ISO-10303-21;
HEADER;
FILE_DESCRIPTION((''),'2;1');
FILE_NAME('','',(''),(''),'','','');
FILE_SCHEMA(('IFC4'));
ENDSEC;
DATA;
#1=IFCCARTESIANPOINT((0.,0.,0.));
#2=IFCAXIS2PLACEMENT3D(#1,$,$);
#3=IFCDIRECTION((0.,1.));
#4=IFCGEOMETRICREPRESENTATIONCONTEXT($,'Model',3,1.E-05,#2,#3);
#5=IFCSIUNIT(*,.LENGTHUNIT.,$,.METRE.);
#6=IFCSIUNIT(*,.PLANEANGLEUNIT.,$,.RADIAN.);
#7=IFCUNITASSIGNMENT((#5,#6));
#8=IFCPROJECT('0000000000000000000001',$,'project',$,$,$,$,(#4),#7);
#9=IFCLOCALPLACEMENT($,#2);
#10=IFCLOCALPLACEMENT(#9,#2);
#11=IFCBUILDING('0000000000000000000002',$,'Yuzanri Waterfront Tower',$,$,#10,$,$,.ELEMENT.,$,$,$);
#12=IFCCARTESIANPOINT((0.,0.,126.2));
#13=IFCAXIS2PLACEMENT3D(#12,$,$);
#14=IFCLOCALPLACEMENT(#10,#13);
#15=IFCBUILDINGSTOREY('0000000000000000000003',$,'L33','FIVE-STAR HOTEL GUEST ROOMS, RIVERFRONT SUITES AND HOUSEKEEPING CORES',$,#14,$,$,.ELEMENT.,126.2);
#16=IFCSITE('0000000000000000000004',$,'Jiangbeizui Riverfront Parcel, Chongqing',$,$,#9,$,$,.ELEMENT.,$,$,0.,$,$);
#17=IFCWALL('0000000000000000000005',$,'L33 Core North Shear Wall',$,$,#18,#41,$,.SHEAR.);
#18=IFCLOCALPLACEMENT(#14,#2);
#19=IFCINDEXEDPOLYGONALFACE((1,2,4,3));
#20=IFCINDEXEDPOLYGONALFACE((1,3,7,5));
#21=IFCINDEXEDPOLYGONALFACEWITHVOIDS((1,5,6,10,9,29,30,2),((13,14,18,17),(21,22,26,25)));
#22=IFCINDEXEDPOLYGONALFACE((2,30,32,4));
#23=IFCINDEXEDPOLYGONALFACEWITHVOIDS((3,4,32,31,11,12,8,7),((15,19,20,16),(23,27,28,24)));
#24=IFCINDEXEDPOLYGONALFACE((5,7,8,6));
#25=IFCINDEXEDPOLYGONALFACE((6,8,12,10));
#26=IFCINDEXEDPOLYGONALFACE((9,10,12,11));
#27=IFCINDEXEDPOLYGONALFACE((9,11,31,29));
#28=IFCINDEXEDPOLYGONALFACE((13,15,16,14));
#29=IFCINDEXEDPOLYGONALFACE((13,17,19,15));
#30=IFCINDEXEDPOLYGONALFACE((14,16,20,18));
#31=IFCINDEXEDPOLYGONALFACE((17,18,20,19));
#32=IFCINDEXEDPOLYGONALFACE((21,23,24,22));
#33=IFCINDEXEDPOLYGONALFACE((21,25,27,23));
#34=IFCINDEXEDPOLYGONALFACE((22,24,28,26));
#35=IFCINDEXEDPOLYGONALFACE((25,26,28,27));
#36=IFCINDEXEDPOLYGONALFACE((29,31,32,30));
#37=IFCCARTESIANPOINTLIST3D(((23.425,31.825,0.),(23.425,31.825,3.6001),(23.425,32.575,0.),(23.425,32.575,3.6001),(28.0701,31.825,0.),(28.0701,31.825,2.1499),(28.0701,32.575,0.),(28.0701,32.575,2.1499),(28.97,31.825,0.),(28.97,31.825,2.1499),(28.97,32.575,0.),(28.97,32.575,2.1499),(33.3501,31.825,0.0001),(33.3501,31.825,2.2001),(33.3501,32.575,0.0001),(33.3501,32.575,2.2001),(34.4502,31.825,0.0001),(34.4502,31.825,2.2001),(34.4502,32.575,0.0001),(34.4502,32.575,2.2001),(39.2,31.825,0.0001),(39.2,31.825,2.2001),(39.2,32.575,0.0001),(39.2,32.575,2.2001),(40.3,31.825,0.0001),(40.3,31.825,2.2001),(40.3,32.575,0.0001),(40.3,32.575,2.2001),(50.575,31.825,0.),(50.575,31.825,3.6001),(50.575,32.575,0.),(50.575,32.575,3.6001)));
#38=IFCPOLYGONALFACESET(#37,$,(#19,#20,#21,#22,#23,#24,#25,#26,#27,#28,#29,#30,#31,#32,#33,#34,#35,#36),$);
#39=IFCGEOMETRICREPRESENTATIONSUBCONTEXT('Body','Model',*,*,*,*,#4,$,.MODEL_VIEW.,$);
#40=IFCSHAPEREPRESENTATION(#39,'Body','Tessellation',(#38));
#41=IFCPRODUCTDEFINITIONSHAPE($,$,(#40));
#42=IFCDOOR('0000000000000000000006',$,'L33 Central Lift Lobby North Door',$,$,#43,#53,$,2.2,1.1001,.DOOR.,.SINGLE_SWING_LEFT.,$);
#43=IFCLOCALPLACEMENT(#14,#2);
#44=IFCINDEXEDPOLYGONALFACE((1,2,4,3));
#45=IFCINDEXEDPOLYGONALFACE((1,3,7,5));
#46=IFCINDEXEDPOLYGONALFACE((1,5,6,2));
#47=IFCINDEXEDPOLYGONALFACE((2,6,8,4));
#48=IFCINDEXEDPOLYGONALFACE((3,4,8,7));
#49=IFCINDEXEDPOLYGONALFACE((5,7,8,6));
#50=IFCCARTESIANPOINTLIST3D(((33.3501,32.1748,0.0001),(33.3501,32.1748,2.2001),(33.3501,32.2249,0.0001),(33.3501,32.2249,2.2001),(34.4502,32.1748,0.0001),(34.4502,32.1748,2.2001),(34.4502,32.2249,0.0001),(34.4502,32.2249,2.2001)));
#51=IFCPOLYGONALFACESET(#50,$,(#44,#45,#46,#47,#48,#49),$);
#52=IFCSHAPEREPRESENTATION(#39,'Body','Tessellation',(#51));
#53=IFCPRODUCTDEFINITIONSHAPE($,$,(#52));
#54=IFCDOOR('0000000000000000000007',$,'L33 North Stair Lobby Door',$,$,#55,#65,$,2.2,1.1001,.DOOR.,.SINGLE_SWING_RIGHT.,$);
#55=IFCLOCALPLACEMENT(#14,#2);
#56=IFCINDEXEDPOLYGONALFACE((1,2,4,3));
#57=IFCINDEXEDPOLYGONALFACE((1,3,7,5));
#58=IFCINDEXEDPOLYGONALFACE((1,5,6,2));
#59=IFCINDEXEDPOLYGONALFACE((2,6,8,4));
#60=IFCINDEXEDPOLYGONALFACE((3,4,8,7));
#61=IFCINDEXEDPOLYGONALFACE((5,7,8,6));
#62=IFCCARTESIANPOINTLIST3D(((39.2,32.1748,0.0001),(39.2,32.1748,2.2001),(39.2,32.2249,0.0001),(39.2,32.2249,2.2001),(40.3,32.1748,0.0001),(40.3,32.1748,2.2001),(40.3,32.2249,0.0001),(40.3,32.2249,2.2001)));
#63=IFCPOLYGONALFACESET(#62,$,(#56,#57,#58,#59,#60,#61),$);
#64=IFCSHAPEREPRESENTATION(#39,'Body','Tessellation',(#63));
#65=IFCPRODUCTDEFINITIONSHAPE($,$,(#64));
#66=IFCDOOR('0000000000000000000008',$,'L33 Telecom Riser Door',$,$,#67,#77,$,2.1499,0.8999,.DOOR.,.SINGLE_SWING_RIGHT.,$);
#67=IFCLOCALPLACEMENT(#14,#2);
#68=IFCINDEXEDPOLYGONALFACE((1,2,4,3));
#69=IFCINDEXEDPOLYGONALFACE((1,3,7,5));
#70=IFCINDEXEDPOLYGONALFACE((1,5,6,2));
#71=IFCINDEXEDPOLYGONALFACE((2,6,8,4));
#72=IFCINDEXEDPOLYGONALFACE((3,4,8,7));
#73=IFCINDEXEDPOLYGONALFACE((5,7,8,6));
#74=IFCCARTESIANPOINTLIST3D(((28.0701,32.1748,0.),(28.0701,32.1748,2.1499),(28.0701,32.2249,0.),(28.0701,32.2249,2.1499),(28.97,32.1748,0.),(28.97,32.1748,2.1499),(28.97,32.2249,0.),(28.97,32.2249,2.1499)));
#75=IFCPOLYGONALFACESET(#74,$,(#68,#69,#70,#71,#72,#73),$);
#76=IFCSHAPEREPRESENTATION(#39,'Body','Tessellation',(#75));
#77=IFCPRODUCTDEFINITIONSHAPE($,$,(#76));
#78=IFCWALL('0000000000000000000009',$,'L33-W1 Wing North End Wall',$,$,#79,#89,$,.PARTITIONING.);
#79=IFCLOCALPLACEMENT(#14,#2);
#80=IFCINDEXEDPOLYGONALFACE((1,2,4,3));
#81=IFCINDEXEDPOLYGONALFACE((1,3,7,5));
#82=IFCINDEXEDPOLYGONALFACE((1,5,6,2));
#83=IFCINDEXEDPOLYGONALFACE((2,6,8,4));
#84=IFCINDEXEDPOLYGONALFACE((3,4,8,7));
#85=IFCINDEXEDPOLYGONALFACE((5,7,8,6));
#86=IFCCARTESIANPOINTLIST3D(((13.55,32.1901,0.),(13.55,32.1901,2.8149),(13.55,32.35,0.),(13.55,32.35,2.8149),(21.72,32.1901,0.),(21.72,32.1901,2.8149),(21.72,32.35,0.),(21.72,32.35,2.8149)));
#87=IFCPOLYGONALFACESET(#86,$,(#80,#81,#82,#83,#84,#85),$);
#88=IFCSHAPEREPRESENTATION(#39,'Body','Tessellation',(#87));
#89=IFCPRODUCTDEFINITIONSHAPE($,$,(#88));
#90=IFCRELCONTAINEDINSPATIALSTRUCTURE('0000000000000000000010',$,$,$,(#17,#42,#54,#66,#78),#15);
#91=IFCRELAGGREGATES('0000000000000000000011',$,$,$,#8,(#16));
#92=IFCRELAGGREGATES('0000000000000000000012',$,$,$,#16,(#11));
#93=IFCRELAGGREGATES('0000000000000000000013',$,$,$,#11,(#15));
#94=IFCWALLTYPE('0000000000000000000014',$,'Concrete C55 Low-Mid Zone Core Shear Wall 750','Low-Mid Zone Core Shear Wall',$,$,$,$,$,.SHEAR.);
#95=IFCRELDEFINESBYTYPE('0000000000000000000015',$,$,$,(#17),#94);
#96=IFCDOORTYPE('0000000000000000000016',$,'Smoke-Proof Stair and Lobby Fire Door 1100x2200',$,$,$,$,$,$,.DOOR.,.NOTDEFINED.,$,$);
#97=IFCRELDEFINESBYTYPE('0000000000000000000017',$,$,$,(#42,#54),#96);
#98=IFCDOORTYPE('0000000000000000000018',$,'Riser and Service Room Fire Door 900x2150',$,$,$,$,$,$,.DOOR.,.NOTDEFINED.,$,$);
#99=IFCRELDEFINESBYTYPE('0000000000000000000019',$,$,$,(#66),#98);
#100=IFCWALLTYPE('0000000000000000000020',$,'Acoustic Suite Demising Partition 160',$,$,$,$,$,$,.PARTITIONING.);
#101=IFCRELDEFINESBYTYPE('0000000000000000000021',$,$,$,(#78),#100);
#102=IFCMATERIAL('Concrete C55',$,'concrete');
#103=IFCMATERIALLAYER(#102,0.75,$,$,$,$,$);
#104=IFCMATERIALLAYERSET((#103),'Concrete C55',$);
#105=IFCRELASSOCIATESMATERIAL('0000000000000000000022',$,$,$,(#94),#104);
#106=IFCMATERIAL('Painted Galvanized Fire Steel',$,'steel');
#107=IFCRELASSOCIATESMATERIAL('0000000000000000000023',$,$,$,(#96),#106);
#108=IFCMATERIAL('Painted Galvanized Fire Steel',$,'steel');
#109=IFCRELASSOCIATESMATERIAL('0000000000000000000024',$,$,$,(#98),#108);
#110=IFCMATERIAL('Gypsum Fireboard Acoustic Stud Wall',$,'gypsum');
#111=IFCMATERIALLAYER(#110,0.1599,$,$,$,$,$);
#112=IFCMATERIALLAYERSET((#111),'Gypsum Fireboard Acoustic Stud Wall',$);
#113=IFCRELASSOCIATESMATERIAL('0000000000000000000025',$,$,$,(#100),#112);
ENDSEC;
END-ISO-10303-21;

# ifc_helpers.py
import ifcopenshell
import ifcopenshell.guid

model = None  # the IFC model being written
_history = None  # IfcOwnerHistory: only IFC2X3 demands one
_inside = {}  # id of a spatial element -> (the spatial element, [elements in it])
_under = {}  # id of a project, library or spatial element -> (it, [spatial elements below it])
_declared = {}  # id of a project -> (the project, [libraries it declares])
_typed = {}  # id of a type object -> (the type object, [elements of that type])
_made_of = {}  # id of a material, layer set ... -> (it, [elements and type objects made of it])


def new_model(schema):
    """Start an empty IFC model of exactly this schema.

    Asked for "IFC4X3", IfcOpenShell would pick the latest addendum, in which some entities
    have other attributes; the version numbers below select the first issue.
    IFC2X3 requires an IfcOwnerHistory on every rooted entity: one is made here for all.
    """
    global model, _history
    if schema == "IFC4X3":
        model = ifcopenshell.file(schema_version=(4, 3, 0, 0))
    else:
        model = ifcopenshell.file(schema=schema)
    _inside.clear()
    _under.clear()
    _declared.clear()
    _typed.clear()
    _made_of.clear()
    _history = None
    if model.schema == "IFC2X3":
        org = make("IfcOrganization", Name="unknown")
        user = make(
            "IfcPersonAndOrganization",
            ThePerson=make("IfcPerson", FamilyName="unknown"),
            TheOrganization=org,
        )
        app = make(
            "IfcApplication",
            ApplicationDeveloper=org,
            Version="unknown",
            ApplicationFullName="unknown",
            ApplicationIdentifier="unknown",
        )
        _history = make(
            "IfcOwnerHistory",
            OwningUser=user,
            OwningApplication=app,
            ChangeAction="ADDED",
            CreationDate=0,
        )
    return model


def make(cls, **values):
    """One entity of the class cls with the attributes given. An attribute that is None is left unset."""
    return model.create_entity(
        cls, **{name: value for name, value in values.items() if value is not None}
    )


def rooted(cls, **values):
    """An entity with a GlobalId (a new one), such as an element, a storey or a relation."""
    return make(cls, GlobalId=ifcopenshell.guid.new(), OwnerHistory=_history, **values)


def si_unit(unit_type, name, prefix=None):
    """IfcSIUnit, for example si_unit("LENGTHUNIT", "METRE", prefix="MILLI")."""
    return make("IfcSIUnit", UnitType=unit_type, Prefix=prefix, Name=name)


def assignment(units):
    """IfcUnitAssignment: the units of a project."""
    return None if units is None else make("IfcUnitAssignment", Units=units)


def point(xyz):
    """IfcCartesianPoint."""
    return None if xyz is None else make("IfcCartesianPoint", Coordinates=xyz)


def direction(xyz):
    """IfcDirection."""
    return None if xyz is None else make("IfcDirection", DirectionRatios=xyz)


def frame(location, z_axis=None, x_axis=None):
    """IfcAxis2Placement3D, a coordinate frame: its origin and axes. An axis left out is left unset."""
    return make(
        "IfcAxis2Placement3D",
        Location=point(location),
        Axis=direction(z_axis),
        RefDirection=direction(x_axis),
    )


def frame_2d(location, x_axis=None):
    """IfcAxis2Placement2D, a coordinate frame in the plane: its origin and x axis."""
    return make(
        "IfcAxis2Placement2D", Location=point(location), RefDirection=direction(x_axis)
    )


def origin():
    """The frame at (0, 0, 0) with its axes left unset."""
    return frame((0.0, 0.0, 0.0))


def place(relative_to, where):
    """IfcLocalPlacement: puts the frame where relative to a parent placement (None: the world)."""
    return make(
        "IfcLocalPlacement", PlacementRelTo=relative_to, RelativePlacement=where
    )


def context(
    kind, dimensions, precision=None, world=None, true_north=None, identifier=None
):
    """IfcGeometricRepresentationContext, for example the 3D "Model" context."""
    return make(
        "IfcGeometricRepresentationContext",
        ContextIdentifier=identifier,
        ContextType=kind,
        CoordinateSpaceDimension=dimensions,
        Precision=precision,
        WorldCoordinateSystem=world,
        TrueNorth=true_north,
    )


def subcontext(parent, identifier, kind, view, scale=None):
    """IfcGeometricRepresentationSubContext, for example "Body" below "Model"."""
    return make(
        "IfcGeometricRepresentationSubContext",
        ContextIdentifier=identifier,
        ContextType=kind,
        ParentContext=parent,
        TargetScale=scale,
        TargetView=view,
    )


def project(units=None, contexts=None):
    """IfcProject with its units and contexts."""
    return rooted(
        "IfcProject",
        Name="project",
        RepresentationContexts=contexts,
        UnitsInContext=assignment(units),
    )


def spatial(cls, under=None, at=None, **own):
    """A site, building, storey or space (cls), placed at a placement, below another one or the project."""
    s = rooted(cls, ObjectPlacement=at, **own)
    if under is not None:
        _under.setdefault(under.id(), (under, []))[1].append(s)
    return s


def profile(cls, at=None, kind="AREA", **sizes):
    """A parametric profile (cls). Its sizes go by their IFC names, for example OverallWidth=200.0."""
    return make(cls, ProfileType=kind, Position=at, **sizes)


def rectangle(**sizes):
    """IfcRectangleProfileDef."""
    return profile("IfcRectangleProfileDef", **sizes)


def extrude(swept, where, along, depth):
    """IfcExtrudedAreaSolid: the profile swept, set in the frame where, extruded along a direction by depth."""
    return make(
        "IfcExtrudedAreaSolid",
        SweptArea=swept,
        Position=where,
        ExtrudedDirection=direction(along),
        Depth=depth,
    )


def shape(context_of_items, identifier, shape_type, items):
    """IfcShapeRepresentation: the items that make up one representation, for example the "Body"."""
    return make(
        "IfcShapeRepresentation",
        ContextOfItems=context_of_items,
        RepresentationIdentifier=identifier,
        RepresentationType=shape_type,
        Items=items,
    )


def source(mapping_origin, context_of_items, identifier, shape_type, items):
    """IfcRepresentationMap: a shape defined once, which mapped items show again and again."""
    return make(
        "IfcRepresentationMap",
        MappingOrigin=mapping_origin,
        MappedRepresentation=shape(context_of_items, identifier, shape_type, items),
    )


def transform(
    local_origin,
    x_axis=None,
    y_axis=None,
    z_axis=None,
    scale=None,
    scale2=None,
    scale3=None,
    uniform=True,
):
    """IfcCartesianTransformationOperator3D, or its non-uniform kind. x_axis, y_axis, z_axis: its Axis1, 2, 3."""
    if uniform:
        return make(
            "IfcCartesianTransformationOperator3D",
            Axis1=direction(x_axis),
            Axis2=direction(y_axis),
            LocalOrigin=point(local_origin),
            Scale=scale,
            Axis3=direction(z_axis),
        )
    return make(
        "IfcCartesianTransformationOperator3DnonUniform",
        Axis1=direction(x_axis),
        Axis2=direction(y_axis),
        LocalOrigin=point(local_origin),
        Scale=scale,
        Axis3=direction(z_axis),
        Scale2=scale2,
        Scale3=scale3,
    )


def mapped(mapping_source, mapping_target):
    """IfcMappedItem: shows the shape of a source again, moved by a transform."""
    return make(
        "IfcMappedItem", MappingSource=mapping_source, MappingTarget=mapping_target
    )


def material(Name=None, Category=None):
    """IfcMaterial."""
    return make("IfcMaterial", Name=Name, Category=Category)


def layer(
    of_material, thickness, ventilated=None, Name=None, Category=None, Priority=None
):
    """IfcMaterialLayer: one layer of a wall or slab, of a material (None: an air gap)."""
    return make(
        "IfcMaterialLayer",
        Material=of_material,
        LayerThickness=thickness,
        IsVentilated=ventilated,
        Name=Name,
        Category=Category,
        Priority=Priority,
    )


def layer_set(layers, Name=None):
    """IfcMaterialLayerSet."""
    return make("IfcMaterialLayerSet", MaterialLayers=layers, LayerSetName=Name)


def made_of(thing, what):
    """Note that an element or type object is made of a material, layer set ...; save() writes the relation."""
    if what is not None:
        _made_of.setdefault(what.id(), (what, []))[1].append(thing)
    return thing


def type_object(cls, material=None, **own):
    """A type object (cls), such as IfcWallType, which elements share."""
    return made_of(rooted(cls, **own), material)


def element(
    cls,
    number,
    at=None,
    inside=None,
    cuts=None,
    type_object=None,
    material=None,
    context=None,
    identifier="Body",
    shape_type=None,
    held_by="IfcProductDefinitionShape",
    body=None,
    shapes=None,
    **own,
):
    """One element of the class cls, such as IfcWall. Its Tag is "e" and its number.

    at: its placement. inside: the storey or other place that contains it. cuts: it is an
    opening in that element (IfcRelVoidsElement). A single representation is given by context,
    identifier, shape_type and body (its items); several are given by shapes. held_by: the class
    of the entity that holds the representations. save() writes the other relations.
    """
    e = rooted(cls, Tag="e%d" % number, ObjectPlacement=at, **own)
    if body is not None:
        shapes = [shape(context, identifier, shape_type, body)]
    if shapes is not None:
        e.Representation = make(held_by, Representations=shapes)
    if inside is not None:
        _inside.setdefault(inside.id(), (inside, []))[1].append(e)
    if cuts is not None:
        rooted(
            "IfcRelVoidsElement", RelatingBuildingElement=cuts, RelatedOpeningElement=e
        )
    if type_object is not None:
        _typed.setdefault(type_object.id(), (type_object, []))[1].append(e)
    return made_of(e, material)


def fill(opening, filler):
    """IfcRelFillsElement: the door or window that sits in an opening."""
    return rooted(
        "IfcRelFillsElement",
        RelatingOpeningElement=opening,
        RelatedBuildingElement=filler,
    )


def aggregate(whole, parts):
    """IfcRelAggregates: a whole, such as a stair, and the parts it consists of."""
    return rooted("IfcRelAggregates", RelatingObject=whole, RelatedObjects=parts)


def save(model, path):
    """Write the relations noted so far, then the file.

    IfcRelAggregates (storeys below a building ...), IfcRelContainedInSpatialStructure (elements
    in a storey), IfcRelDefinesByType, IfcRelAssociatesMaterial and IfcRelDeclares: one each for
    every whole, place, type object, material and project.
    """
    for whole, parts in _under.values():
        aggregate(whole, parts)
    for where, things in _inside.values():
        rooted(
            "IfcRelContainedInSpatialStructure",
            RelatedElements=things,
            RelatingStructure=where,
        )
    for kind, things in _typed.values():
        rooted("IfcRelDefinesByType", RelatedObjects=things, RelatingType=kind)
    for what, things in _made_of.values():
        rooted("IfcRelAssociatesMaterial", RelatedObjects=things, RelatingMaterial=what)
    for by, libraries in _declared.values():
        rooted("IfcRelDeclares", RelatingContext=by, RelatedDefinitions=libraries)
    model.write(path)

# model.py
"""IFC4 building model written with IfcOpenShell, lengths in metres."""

from ifc_helpers import new_model, si_unit, direction, frame, frame_2d, origin, place, context, subcontext, project, spatial, rectangle, extrude, source, transform, mapped, material, layer, layer_set, type_object, element, fill, save


model = new_model("IFC4")

# Units and contexts
model_context = context("Model", 3, precision=1e-05, world=origin(), true_north=direction((0.0, 1.0)))
body_context = subcontext(model_context, "Body", "Model", "MODEL_VIEW")
ifc_project = project(units=[si_unit("LENGTHUNIT", "METRE"), si_unit("PLANEANGLEUNIT", "RADIAN")], contexts=[model_context])

# Site, building, storey
site_placement = place(None, origin())
site = spatial("IfcSite", under=ifc_project, at=site_placement, Name="Jiangbeizui Riverfront Parcel, Chongqing", CompositionType="ELEMENT", RefElevation=0.0)
building_placement = place(site_placement, origin())
building = spatial("IfcBuilding", under=site, at=building_placement, Name="Yuzanri Waterfront Tower", CompositionType="ELEMENT")
storey_placement = place(building_placement, frame((0.0, 0.0, 126.2)))
storey = spatial("IfcBuildingStorey", under=building, at=storey_placement, Name="L33", Description="FIVE-STAR HOTEL GUEST ROOMS, RIVERFRONT SUITES AND HOUSEKEEPING CORES", CompositionType="ELEMENT", Elevation=126.2)

# Wall, openings, doors
ifc_material_1 = material(Name="Concrete C55", Category="concrete")
ifc_layer_1 = layer(ifc_material_1, 0.75)
ifc_layer_set_1 = layer_set([ifc_layer_1], Name="Concrete C55")
wall_type_1 = type_object("IfcWallType", Name="Concrete C55 Low-Mid Zone Core Shear Wall 750", Description="Low-Mid Zone Core Shear Wall", PredefinedType="SHEAR", material=ifc_layer_set_1)
wall_1_placement = place(storey_placement, frame((23.425, 32.2, 0.0), z_axis=(0.0, 0.0, 1.0), x_axis=(1.0, 0.0, 0.0)))
wall_1 = element("IfcWall", 1, at=wall_1_placement, inside=storey, type_object=wall_type_1, Name="L33 Core North Shear Wall", PredefinedType="SHEAR", context=body_context, shape_type="SweptSolid", body=[
    extrude(rectangle(XDim=27.1499, YDim=0.75, at=frame_2d((13.575, 0.0))), origin(), (0.0, 0.0, 1.0), 3.6001),
])
opening_1_placement = place(wall_1_placement, frame((4.645, 0.0, 0.0)))
opening_1 = element("IfcOpeningElement", 2, at=opening_1_placement, cuts=wall_1, PredefinedType="OPENING", context=body_context, shape_type="SweptSolid", body=[
    extrude(rectangle(XDim=0.8999, YDim=2.1499, at=frame_2d((0.45, 1.075))), frame((0.0, 0.3899, 0.0), z_axis=(0.0, -1.0, 0.0), x_axis=(1.0, 0.0, 0.0)), (0.0, 0.0, 1.0), 0.7798),
])
opening_2_placement = place(wall_1_placement, frame((9.925, 0.0, 0.0)))
opening_2 = element("IfcOpeningElement", 3, at=opening_2_placement, cuts=wall_1, PredefinedType="OPENING", context=body_context, shape_type="SweptSolid", body=[
    extrude(rectangle(XDim=1.1001, YDim=2.2, at=frame_2d((0.55, 1.1001))), frame((0.0, 0.3899, 0.0), z_axis=(0.0, -1.0, 0.0), x_axis=(1.0, 0.0, 0.0)), (0.0, 0.0, 1.0), 0.7798),
])
opening_3_placement = place(wall_1_placement, frame((15.7749, 0.0, 0.0)))
opening_3 = element("IfcOpeningElement", 4, at=opening_3_placement, cuts=wall_1, PredefinedType="OPENING", context=body_context, shape_type="SweptSolid", body=[
    extrude(rectangle(XDim=1.1001, YDim=2.2, at=frame_2d((0.55, 1.1001))), frame((0.0, 0.3899, 0.0), z_axis=(0.0, -1.0, 0.0), x_axis=(1.0, 0.0, 0.0)), (0.0, 0.0, 1.0), 0.7798),
])
ifc_material_2 = material(Name="Painted Galvanized Fire Steel", Category="steel")
door_type_1 = type_object("IfcDoorType", Name="Smoke-Proof Stair and Lobby Fire Door 1100x2200", OperationType="NOTDEFINED", PredefinedType="DOOR", material=ifc_material_2)
shared_shape_1 = source(origin(), body_context, "Body", "SweptSolid", [
    extrude(rectangle(XDim=1.1001, YDim=2.2, at=frame_2d((0.55, 1.1001))), frame((0.0, 0.0249, 0.0), z_axis=(0.0, -1.0, 0.0), x_axis=(1.0, 0.0, 0.0)), (0.0, 0.0, 1.0), 0.05),
])
door_1_placement = place(opening_2_placement, origin())
door_1 = element("IfcDoor", 5, at=door_1_placement, inside=storey, type_object=door_type_1, Name="L33 Central Lift Lobby North Door", OperationType="SINGLE_SWING_LEFT", OverallHeight=2.2, OverallWidth=1.1001, PredefinedType="DOOR", context=body_context, shape_type="MappedRepresentation", body=[
    mapped(shared_shape_1, transform((0.0, 0.0, 0.0), scale=1.0)),
])
fill(opening_2, door_1)
door_2_placement = place(opening_3_placement, origin())
door_2 = element("IfcDoor", 6, at=door_2_placement, inside=storey, type_object=door_type_1, Name="L33 North Stair Lobby Door", OperationType="SINGLE_SWING_RIGHT", OverallHeight=2.2, OverallWidth=1.1001, PredefinedType="DOOR", context=body_context, shape_type="MappedRepresentation", body=[
    mapped(shared_shape_1, transform((0.0, 0.0, 0.0), scale=1.0)),
])
fill(opening_3, door_2)
ifc_material_3 = material(Name="Painted Galvanized Fire Steel", Category="steel")
door_type_2 = type_object("IfcDoorType", Name="Riser and Service Room Fire Door 900x2150", OperationType="NOTDEFINED", PredefinedType="DOOR", material=ifc_material_3)
shared_shape_2 = source(origin(), body_context, "Body", "SweptSolid", [
    extrude(rectangle(XDim=0.8999, YDim=2.1499, at=frame_2d((0.45, 1.075))), frame((0.0, 0.0249, 0.0), z_axis=(0.0, -1.0, 0.0), x_axis=(1.0, 0.0, 0.0)), (0.0, 0.0, 1.0), 0.05),
])
door_3_placement = place(opening_1_placement, origin())
door_3 = element("IfcDoor", 7, at=door_3_placement, inside=storey, type_object=door_type_2, Name="L33 Telecom Riser Door", OperationType="SINGLE_SWING_RIGHT", OverallHeight=2.1499, OverallWidth=0.8999, PredefinedType="DOOR", context=body_context, shape_type="MappedRepresentation", body=[
    mapped(shared_shape_2, transform((0.0, 0.0, 0.0), scale=1.0)),
])
fill(opening_1, door_3)

# Wall
ifc_material_4 = material(Name="Gypsum Fireboard Acoustic Stud Wall", Category="gypsum")
ifc_layer_2 = layer(ifc_material_4, 0.1599)
ifc_layer_set_2 = layer_set([ifc_layer_2], Name="Gypsum Fireboard Acoustic Stud Wall")
wall_type_2 = type_object("IfcWallType", Name="Acoustic Suite Demising Partition 160", PredefinedType="PARTITIONING", material=ifc_layer_set_2)
shared_shape_3 = source(origin(), body_context, "Body", "SweptSolid", [
    extrude(rectangle(XDim=8.1699, YDim=0.1599, at=frame_2d((4.085, 0.0))), origin(), (0.0, 0.0, 1.0), 2.8149),
])
wall_2_placement = place(storey_placement, frame((13.55, 32.27, 0.0), z_axis=(0.0, 0.0, 1.0), x_axis=(1.0, 0.0, 0.0)))
element("IfcWall", 8, at=wall_2_placement, inside=storey, type_object=wall_type_2, Name="L33-W1 Wing North End Wall", PredefinedType="PARTITIONING", context=body_context, shape_type="MappedRepresentation", body=[
    mapped(shared_shape_3, transform((0.0, 0.0, 0.0), scale=1.0)),
])

save(model, "model.ifc")
